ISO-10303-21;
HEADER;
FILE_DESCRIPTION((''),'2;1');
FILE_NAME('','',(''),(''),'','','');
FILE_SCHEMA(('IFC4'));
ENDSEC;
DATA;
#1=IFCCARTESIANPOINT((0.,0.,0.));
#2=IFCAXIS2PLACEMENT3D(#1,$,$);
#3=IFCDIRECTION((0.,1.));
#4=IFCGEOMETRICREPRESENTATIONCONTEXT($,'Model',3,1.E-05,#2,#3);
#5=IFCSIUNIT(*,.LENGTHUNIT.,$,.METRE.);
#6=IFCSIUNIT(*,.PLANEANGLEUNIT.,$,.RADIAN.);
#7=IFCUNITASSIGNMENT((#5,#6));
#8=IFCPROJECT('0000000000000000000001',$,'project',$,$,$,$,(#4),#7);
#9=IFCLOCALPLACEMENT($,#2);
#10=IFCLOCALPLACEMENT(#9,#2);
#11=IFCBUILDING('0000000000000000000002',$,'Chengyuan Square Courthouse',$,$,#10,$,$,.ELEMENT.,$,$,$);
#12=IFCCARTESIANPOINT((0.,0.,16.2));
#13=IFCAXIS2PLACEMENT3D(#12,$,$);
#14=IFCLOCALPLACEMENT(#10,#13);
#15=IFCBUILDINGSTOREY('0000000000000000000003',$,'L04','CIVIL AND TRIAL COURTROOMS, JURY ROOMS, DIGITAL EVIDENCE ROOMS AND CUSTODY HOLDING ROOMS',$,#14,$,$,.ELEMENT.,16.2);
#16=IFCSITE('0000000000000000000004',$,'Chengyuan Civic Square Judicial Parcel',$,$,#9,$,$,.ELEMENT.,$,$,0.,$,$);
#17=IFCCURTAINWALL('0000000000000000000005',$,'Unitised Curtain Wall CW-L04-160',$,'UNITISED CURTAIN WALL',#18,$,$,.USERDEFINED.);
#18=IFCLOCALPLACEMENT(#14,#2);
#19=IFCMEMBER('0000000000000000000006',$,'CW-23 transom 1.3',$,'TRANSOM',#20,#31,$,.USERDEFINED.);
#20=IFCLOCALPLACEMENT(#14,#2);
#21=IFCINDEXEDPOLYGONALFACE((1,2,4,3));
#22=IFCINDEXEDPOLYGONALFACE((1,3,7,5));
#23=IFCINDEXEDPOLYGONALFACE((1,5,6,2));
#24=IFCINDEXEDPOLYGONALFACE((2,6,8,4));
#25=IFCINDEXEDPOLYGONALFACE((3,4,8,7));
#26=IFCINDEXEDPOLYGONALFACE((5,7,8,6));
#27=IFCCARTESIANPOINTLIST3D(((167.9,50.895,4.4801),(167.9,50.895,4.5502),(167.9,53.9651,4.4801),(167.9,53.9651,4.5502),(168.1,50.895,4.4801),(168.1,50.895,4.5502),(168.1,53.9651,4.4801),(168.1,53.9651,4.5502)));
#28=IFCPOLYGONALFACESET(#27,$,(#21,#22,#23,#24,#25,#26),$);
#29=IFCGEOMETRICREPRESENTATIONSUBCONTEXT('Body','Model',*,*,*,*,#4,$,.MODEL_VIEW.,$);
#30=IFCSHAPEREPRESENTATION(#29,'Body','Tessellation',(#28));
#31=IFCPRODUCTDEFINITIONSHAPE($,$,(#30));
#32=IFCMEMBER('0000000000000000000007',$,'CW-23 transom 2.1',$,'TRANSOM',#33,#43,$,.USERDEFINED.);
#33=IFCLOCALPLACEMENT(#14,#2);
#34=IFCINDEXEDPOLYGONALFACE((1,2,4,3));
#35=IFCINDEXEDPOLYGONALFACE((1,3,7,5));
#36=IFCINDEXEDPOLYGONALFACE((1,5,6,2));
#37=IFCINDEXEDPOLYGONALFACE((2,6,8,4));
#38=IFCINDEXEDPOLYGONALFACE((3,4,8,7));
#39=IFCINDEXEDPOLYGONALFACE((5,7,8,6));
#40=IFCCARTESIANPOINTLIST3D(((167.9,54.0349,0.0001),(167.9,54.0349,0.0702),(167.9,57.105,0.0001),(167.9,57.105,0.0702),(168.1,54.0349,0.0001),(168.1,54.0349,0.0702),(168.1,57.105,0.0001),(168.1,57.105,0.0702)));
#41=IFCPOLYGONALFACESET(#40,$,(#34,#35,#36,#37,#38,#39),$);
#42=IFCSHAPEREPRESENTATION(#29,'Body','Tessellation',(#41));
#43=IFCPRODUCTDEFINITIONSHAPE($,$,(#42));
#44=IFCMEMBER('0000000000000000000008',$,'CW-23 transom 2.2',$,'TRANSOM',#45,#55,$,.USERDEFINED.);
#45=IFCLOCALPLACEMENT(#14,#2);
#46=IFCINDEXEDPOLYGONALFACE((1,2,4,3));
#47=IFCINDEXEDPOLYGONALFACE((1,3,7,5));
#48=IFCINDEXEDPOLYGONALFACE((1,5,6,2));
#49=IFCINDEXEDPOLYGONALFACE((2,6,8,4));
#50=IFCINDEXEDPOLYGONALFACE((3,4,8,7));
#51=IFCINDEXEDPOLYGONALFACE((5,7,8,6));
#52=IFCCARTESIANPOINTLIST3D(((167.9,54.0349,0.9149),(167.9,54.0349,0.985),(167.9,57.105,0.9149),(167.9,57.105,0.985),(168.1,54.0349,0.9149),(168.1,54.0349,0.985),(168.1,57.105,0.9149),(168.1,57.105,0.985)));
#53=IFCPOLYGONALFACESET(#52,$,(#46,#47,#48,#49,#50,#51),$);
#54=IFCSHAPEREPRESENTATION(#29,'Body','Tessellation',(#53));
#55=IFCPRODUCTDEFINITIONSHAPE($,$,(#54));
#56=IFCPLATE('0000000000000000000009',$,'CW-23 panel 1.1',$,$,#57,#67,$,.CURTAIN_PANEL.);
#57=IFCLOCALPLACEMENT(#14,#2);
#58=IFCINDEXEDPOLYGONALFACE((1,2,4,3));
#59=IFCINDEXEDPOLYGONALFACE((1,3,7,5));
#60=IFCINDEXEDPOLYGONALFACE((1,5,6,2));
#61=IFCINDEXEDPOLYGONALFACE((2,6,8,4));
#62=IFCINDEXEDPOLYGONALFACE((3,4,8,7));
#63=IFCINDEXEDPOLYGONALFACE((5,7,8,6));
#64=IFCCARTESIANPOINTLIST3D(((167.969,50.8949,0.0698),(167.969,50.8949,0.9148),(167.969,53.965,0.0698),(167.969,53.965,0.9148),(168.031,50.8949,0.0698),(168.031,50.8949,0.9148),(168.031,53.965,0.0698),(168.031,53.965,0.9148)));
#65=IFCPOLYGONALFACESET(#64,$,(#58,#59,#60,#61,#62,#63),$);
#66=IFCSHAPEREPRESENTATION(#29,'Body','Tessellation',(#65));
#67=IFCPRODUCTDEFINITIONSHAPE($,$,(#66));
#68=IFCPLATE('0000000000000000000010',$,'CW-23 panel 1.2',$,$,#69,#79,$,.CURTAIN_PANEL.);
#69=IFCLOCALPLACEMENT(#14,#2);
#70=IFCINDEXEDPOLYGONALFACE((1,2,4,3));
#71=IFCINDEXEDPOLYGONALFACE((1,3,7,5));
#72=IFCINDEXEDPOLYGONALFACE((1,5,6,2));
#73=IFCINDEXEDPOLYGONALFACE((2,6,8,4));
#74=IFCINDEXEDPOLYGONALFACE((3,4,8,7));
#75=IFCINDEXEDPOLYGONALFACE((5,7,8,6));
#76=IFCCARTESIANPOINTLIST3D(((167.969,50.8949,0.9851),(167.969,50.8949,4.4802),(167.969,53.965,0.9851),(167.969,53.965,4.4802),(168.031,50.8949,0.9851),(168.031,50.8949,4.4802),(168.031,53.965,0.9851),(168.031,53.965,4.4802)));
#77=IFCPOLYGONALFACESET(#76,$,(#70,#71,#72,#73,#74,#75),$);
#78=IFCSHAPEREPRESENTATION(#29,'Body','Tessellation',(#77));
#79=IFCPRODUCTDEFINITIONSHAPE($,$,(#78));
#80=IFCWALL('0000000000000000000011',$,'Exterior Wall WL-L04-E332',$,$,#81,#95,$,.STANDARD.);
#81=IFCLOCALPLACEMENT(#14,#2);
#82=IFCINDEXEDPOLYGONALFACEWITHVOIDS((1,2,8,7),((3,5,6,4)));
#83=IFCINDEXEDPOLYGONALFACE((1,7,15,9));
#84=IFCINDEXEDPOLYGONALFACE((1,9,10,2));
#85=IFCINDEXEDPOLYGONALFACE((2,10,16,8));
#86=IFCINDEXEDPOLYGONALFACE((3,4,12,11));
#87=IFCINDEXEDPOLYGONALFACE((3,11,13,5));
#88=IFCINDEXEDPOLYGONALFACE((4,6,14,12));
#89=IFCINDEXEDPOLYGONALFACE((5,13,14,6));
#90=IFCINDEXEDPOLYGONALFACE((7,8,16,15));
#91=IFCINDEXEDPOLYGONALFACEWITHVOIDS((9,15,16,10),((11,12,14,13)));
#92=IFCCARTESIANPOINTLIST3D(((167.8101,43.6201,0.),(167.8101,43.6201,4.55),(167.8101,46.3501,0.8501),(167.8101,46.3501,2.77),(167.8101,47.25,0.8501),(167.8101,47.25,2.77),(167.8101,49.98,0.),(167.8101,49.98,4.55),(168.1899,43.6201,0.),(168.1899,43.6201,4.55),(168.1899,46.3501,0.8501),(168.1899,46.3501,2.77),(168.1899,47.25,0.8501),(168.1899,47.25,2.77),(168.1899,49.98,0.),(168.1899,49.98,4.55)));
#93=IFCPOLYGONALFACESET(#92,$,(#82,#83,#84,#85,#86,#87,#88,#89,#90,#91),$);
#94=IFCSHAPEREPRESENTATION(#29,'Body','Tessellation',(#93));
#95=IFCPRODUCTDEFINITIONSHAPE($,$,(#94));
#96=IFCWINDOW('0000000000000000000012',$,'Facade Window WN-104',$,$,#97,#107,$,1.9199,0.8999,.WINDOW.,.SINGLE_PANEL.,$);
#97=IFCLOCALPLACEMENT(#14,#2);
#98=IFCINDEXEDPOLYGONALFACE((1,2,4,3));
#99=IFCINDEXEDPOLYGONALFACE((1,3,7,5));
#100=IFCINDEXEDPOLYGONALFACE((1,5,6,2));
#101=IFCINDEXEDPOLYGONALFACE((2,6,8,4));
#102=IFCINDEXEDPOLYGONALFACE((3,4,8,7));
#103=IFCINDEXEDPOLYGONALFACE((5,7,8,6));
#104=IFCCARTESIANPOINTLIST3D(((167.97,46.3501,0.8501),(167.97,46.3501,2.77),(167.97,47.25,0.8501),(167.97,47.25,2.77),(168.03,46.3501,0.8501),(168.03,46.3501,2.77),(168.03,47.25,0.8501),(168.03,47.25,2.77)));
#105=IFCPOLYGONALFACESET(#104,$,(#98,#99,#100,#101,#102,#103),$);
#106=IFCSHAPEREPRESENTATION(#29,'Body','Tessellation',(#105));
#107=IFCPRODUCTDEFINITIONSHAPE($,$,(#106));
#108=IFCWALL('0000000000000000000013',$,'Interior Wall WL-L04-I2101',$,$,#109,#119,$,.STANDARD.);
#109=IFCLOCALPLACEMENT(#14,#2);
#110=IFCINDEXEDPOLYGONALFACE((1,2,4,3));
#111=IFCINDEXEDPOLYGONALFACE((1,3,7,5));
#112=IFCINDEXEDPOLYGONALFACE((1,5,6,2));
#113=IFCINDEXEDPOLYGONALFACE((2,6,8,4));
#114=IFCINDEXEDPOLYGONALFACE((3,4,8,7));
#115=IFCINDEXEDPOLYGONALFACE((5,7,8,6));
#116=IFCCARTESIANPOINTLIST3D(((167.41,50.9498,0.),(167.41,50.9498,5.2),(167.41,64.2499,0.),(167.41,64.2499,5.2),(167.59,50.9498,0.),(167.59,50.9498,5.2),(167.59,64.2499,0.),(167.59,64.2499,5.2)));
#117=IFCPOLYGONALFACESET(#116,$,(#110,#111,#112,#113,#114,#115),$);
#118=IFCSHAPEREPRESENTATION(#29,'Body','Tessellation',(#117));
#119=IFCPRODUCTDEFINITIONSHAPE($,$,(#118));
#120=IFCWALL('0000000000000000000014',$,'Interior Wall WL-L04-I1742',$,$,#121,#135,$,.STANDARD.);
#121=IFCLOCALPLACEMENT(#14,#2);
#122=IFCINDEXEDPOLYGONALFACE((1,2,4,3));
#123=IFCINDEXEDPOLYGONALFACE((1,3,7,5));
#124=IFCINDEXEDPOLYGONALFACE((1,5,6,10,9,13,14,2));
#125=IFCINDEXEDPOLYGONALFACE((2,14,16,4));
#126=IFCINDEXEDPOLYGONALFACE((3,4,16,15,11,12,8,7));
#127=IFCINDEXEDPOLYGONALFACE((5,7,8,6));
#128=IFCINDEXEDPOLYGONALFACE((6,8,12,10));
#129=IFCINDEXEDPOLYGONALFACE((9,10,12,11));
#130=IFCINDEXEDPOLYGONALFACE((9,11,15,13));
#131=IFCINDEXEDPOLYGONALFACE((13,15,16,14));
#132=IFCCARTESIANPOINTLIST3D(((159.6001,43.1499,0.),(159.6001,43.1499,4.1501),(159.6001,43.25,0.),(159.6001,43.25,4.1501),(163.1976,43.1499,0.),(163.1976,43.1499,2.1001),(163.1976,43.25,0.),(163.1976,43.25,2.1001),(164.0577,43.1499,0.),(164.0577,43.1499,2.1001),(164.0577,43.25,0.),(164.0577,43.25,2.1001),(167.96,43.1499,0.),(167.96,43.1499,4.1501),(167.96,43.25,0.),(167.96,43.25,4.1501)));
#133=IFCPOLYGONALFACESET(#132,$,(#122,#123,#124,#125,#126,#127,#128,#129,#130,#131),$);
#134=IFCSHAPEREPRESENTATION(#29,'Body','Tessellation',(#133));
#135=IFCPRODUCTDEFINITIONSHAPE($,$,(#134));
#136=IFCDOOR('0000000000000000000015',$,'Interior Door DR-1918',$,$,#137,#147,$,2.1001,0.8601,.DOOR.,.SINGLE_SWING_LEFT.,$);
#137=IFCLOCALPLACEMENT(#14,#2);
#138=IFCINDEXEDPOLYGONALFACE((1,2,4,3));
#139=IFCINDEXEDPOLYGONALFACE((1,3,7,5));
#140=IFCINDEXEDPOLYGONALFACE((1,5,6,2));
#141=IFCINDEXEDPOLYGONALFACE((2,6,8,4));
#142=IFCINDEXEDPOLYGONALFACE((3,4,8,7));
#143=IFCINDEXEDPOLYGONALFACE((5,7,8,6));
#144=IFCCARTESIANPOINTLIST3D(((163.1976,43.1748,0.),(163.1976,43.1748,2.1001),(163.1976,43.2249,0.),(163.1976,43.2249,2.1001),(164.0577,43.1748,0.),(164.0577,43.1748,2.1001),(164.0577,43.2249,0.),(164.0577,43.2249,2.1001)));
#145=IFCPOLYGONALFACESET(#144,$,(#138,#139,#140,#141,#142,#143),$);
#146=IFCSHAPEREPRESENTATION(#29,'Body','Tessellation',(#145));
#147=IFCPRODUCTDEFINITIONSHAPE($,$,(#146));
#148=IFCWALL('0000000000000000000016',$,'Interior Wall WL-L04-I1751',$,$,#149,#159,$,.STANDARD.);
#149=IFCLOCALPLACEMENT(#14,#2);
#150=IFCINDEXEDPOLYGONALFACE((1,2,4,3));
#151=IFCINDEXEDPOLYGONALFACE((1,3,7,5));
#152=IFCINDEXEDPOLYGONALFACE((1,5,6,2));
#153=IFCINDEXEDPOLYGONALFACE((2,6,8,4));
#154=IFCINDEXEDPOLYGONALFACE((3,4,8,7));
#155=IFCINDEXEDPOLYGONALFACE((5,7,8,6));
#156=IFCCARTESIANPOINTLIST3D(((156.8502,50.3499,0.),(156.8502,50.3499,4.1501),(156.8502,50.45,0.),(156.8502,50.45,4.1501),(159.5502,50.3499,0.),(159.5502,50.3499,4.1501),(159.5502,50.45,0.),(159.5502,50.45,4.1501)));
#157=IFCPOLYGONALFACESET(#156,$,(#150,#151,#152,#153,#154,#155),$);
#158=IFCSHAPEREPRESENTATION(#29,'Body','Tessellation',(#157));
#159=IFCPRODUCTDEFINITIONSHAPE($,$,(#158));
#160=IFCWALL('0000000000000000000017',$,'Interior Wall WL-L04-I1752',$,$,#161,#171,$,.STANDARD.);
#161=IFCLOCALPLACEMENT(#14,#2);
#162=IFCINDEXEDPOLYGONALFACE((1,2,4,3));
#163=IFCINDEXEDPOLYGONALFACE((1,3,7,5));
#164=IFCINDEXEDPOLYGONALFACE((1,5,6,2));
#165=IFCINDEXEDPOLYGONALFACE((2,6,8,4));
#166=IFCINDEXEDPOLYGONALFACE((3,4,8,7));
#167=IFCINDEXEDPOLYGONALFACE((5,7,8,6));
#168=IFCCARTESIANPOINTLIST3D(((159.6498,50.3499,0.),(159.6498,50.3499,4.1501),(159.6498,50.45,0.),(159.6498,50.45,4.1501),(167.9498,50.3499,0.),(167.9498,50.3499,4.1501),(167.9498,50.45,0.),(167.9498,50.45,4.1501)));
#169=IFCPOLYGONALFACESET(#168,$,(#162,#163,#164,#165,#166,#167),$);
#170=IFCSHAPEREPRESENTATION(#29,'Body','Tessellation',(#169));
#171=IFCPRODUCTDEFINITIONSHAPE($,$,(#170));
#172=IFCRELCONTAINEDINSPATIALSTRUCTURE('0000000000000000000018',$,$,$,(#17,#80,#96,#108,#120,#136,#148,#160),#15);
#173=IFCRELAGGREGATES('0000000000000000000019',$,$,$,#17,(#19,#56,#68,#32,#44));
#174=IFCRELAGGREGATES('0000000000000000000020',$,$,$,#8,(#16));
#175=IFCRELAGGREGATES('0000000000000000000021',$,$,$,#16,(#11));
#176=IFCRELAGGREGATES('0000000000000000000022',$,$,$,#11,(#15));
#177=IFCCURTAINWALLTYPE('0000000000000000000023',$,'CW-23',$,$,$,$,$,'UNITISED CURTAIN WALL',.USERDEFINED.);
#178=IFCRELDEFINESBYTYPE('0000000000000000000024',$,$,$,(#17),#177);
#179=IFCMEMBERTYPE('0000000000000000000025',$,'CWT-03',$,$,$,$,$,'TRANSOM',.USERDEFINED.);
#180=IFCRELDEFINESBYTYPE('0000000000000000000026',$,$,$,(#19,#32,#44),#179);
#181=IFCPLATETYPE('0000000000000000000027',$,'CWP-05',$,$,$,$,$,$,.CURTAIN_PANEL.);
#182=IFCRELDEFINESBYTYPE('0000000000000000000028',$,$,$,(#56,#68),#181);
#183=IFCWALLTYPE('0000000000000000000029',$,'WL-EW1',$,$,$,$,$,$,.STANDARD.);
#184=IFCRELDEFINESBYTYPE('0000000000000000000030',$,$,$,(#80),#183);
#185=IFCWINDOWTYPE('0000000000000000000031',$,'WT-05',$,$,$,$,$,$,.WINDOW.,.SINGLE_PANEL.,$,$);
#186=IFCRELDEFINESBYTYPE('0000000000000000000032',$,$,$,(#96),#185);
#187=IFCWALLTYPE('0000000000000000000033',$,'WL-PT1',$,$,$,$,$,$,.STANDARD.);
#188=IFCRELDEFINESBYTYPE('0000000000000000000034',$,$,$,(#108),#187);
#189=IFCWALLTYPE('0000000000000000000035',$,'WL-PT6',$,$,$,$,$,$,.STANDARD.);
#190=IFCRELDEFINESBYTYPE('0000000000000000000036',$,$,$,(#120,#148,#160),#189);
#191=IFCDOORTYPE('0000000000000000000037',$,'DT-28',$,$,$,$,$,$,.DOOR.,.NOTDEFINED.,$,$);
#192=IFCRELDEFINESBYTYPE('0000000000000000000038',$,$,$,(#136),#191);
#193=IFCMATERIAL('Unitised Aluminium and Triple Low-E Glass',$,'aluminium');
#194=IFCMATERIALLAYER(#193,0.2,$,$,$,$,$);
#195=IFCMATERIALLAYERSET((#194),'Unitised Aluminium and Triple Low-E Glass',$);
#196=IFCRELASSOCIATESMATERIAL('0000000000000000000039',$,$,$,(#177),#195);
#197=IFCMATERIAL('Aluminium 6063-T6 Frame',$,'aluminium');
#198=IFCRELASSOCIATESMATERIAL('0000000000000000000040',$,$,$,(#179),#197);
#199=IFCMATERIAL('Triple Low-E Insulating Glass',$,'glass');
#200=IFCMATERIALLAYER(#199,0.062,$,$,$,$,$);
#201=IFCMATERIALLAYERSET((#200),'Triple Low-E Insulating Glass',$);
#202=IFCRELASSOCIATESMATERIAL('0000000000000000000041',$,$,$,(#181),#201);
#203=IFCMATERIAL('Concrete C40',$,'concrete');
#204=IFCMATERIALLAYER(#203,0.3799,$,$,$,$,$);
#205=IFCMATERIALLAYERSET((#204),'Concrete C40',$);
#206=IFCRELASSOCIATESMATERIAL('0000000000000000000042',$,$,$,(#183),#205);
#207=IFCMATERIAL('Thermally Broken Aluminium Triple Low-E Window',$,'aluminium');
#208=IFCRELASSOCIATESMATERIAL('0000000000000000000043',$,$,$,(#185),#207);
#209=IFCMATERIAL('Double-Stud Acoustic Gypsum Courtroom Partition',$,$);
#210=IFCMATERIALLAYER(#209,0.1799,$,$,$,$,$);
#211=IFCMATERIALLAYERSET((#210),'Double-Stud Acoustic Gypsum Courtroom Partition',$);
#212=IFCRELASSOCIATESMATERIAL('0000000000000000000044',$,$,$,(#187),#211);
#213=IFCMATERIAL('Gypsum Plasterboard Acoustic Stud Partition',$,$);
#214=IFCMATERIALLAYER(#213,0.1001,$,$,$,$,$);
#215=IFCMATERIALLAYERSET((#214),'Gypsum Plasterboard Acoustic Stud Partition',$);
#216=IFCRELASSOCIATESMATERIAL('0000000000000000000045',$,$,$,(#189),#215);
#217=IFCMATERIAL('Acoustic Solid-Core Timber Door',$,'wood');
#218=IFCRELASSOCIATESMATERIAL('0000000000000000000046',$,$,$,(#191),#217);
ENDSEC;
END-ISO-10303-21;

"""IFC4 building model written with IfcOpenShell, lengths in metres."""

from ifc_helpers import new_model, si_unit, direction, frame, frame_2d, origin, origin_2d, place, context, subcontext, project, spatial, rectangle, extrude, material, layer, layer_set, material_profile, profile_set, type_object, element, fill, aggregate, save


model = new_model("IFC4")

# Units and contexts
model_context = context("Model", 3, precision=1e-05, world=origin(), true_north=direction((0.0, 1.0)))
body_context = subcontext(model_context, "Body", "Model", "MODEL_VIEW")
ifc_project = project(units=[si_unit("LENGTHUNIT", "METRE"), si_unit("PLANEANGLEUNIT", "RADIAN")], contexts=[model_context])

# Site, building, storey
site_placement = place(None, origin())
site = spatial("IfcSite", under=ifc_project, at=site_placement, Name="Chengyuan Civic Square Judicial Parcel", CompositionType="ELEMENT", RefElevation=0.0)
building_placement = place(site_placement, origin())
building = spatial("IfcBuilding", under=site, at=building_placement, Name="Chengyuan Square Courthouse", CompositionType="ELEMENT")
storey_placement = place(building_placement, frame((0.0, 0.0, 16.2)))
storey = spatial("IfcBuildingStorey", under=building, at=storey_placement, Name="L04", Description="CIVIL AND TRIAL COURTROOMS, JURY ROOMS, DIGITAL EVIDENCE ROOMS AND CUSTODY HOLDING ROOMS", CompositionType="ELEMENT", Elevation=16.2)

# Shared definitions
ifc_material_1 = material(Name="Concrete C40", Category="concrete")

# Curtain wall, members, plates
ifc_material_2 = material(Name="Unitised Aluminium and Triple Low-E Glass", Category="aluminium")
ifc_layer_1 = layer(ifc_material_2, 0.2)
ifc_layer_set_1 = layer_set([ifc_layer_1], Name="Unitised Aluminium and Triple Low-E Glass")
curtain_wall_type = type_object("IfcCurtainWallType", Name="CW-23", ElementType="UNITISED CURTAIN WALL", PredefinedType="USERDEFINED", material=ifc_layer_set_1)
curtain_wall_placement = place(storey_placement, origin())
curtain_wall = element("IfcCurtainWall", 1, at=curtain_wall_placement, inside=storey, type_object=curtain_wall_type, Name="Unitised Curtain Wall CW-L04-160", ObjectType="UNITISED CURTAIN WALL", PredefinedType="USERDEFINED")
ifc_material_3 = material(Name="Aluminium 6063-T6 Frame", Category="aluminium")
ifc_material_profile_1 = material_profile(ifc_material_3, rectangle(XDim=0.2, YDim=0.0701, at=origin_2d()), Name="CW-TRN-70x160")
ifc_profile_set_1 = profile_set([ifc_material_profile_1], Name="Aluminium 6063-T6 Frame")
member_type_1 = type_object("IfcMemberType", Name="CWT-03", ElementType="TRANSOM", PredefinedType="USERDEFINED", material=ifc_profile_set_1)
member_1_placement = place(storey_placement, frame((168.0, 50.895, 4.5151), z_axis=(0.0, 1.0, 0.0), x_axis=(-1.0, 0.0, 0.0)))
member_1 = element("IfcMember", 2, at=member_1_placement, type_object=member_type_1, Name="CW-23 transom 1.3", ObjectType="TRANSOM", PredefinedType="USERDEFINED", context=body_context, shape_type="SweptSolid", body=[
    extrude(rectangle(XDim=0.2, YDim=0.0701, at=origin_2d()), origin(), (0.0, 0.0, 1.0), 3.0701),
])
member_2_placement = place(storey_placement, frame((168.0, 54.0349, 0.0352), z_axis=(0.0, 1.0, 0.0), x_axis=(-1.0, 0.0, 0.0)))
member_2 = element("IfcMember", 3, at=member_2_placement, type_object=member_type_1, Name="CW-23 transom 2.1", ObjectType="TRANSOM", PredefinedType="USERDEFINED", context=body_context, shape_type="SweptSolid", body=[
    extrude(rectangle(XDim=0.2, YDim=0.0701, at=origin_2d()), origin(), (0.0, 0.0, 1.0), 3.0701),
])
member_3_placement = place(storey_placement, frame((168.0, 54.0349, 0.95), z_axis=(0.0, 1.0, 0.0), x_axis=(-1.0, 0.0, 0.0)))
member_3 = element("IfcMember", 4, at=member_3_placement, type_object=member_type_1, Name="CW-23 transom 2.2", ObjectType="TRANSOM", PredefinedType="USERDEFINED", context=body_context, shape_type="SweptSolid", body=[
    extrude(rectangle(XDim=0.2, YDim=0.0701, at=origin_2d()), origin(), (0.0, 0.0, 1.0), 3.0701),
])
ifc_material_4 = material(Name="Triple Low-E Insulating Glass", Category="glass")
ifc_layer_2 = layer(ifc_material_4, 0.062)
ifc_layer_set_2 = layer_set([ifc_layer_2], Name="Triple Low-E Insulating Glass")
plate_type = type_object("IfcPlateType", Name="CWP-05", PredefinedType="CURTAIN_PANEL", material=ifc_layer_set_2)
plate_1_placement = place(storey_placement, frame((168.0, 52.4299, 0.0698), z_axis=(0.0, 0.0, 1.0), x_axis=(0.0, 1.0, 0.0)))
plate_1 = element("IfcPlate", 5, at=plate_1_placement, type_object=plate_type, Name="CW-23 panel 1.1", PredefinedType="CURTAIN_PANEL", context=body_context, shape_type="SweptSolid", body=[
    extrude(rectangle(XDim=3.0701, YDim=0.062, at=origin_2d()), origin(), (0.0, 0.0, 1.0), 0.845),
])
plate_2_placement = place(storey_placement, frame((168.0, 52.4299, 0.9851), z_axis=(0.0, 0.0, 1.0), x_axis=(0.0, 1.0, 0.0)))
plate_2 = element("IfcPlate", 6, at=plate_2_placement, type_object=plate_type, Name="CW-23 panel 1.2", PredefinedType="CURTAIN_PANEL", context=body_context, shape_type="SweptSolid", body=[
    extrude(rectangle(XDim=3.0701, YDim=0.062, at=origin_2d()), origin(), (0.0, 0.0, 1.0), 3.4951),
])
aggregate(curtain_wall, [member_1, plate_1, plate_2, member_2, member_3])

# Wall, opening, window
ifc_layer_3 = layer(ifc_material_1, 0.3799)
ifc_layer_set_3 = layer_set([ifc_layer_3], Name="Concrete C40")
wall_type_1 = type_object("IfcWallType", Name="WL-EW1", PredefinedType="STANDARD", material=ifc_layer_set_3)
wall_1_placement = place(storey_placement, frame((168.0, 43.6201, 0.0), z_axis=(0.0, 0.0, 1.0), x_axis=(0.0, 1.0, 0.0)))
wall_1 = element("IfcWall", 7, at=wall_1_placement, inside=storey, type_object=wall_type_1, Name="Exterior Wall WL-L04-E332", PredefinedType="STANDARD", context=body_context, shape_type="SweptSolid", body=[
    extrude(rectangle(XDim=6.3599, YDim=0.3799, at=frame_2d((3.1799, 0.0))), origin(), (0.0, 0.0, 1.0), 4.55),
])
opening_1_placement = place(wall_1_placement, frame((2.73, 0.0, 0.8501)))
opening_1 = element("IfcOpeningElement", 8, at=opening_1_placement, cuts=wall_1, PredefinedType="OPENING", context=body_context, shape_type="SweptSolid", body=[
    extrude(rectangle(XDim=0.8999, YDim=1.9199, at=frame_2d((0.45, 0.96))), frame((0.0, 0.2019, 0.0), z_axis=(0.0, -1.0, 0.0), x_axis=(1.0, 0.0, 0.0)), (0.0, 0.0, 1.0), 0.4038),
])
ifc_material_5 = material(Name="Thermally Broken Aluminium Triple Low-E Window", Category="aluminium")
window_type = type_object("IfcWindowType", Name="WT-05", PartitioningType="SINGLE_PANEL", PredefinedType="WINDOW", material=ifc_material_5)
window_placement = place(opening_1_placement, origin())
window = element("IfcWindow", 9, at=window_placement, inside=storey, type_object=window_type, Name="Facade Window WN-104", OverallHeight=1.9199, OverallWidth=0.8999, PartitioningType="SINGLE_PANEL", PredefinedType="WINDOW", context=body_context, shape_type="SweptSolid", body=[
    extrude(rectangle(XDim=0.8999, YDim=1.9199, at=frame_2d((0.45, 0.96))), frame((0.0, 0.03, 0.0), z_axis=(0.0, -1.0, 0.0), x_axis=(1.0, 0.0, 0.0)), (0.0, 0.0, 1.0), 0.0601),
])
fill(opening_1, window)

# Wall
ifc_material_6 = material(Name="Double-Stud Acoustic Gypsum Courtroom Partition")
ifc_layer_4 = layer(ifc_material_6, 0.1799)
ifc_layer_set_4 = layer_set([ifc_layer_4], Name="Double-Stud Acoustic Gypsum Courtroom Partition")
wall_type_2 = type_object("IfcWallType", Name="WL-PT1", PredefinedType="STANDARD", material=ifc_layer_set_4)
wall_2_placement = place(storey_placement, frame((167.5, 50.95, 0.0), z_axis=(0.0, 0.0, 1.0), x_axis=(0.0, 1.0, 0.0)))
element("IfcWall", 10, at=wall_2_placement, inside=storey, type_object=wall_type_2, Name="Interior Wall WL-L04-I2101", PredefinedType="STANDARD", context=body_context, shape_type="SweptSolid", body=[
    extrude(rectangle(XDim=13.3, YDim=0.1799, at=frame_2d((6.6499, 0.0))), origin(), (0.0, 0.0, 1.0), 5.2),
])

# Wall, opening, door
ifc_material_7 = material(Name="Gypsum Plasterboard Acoustic Stud Partition")
ifc_layer_5 = layer(ifc_material_7, 0.1001)
ifc_layer_set_5 = layer_set([ifc_layer_5], Name="Gypsum Plasterboard Acoustic Stud Partition")
wall_type_3 = type_object("IfcWallType", Name="WL-PT6", PredefinedType="STANDARD", material=ifc_layer_set_5)
wall_3_placement = place(storey_placement, frame((159.6001, 43.2, 0.0), z_axis=(0.0, 0.0, 1.0), x_axis=(1.0, 0.0, 0.0)))
wall_3 = element("IfcWall", 11, at=wall_3_placement, inside=storey, type_object=wall_type_3, Name="Interior Wall WL-L04-I1742", PredefinedType="STANDARD", context=body_context, shape_type="SweptSolid", body=[
    extrude(rectangle(XDim=8.3599, YDim=0.1001, at=frame_2d((4.1799, 0.0))), origin(), (0.0, 0.0, 1.0), 4.1501),
])
opening_2_placement = place(wall_3_placement, frame((3.5974, 0.0, 0.0)))
opening_2 = element("IfcOpeningElement", 12, at=opening_2_placement, cuts=wall_3, PredefinedType="OPENING", context=body_context, shape_type="SweptSolid", body=[
    extrude(rectangle(XDim=0.8601, YDim=2.1001, at=frame_2d((0.4302, 1.05))), frame((0.0, 0.062, 0.0), z_axis=(0.0, -1.0, 0.0), x_axis=(1.0, 0.0, 0.0)), (0.0, 0.0, 1.0), 0.124),
])
ifc_material_8 = material(Name="Acoustic Solid-Core Timber Door", Category="wood")
door_type_1 = type_object("IfcDoorType", Name="DT-28", OperationType="NOTDEFINED", PredefinedType="DOOR", material=ifc_material_8)
door_1_placement = place(opening_2_placement, origin())
door_1 = element("IfcDoor", 13, at=door_1_placement, inside=storey, type_object=door_type_1, Name="Interior Door DR-1918", OperationType="SINGLE_SWING_LEFT", OverallHeight=2.1001, OverallWidth=0.8601, PredefinedType="DOOR", context=body_context, shape_type="SweptSolid", body=[
    extrude(rectangle(XDim=0.8601, YDim=2.1001, at=frame_2d((0.4302, 1.05))), frame((0.0, 0.0249, 0.0), z_axis=(0.0, -1.0, 0.0), x_axis=(1.0, 0.0, 0.0)), (0.0, 0.0, 1.0), 0.05),
])
fill(opening_2, door_1)

# Walls
wall_4_placement = place(storey_placement, frame((156.8501, 50.3999, 0.0), z_axis=(0.0, 0.0, 1.0), x_axis=(1.0, 0.0, 0.0)))
element("IfcWall", 14, at=wall_4_placement, inside=storey, type_object=wall_type_3, Name="Interior Wall WL-L04-I1751", PredefinedType="STANDARD", context=body_context, shape_type="SweptSolid", body=[
    extrude(rectangle(XDim=2.7, YDim=0.1001, at=frame_2d((1.3501, 0.0))), origin(), (0.0, 0.0, 1.0), 4.1501),
])
wall_5_placement = place(storey_placement, frame((159.6499, 50.3999, 0.0), z_axis=(0.0, 0.0, 1.0), x_axis=(1.0, 0.0, 0.0)))
element("IfcWall", 15, at=wall_5_placement, inside=storey, type_object=wall_type_3, Name="Interior Wall WL-L04-I1752", PredefinedType="STANDARD", context=body_context, shape_type="SweptSolid", body=[
    extrude(rectangle(XDim=8.3, YDim=0.1001, at=frame_2d((4.1499, 0.0))), origin(), (0.0, 0.0, 1.0), 4.1501),
])

save(model, "model.ifc")
